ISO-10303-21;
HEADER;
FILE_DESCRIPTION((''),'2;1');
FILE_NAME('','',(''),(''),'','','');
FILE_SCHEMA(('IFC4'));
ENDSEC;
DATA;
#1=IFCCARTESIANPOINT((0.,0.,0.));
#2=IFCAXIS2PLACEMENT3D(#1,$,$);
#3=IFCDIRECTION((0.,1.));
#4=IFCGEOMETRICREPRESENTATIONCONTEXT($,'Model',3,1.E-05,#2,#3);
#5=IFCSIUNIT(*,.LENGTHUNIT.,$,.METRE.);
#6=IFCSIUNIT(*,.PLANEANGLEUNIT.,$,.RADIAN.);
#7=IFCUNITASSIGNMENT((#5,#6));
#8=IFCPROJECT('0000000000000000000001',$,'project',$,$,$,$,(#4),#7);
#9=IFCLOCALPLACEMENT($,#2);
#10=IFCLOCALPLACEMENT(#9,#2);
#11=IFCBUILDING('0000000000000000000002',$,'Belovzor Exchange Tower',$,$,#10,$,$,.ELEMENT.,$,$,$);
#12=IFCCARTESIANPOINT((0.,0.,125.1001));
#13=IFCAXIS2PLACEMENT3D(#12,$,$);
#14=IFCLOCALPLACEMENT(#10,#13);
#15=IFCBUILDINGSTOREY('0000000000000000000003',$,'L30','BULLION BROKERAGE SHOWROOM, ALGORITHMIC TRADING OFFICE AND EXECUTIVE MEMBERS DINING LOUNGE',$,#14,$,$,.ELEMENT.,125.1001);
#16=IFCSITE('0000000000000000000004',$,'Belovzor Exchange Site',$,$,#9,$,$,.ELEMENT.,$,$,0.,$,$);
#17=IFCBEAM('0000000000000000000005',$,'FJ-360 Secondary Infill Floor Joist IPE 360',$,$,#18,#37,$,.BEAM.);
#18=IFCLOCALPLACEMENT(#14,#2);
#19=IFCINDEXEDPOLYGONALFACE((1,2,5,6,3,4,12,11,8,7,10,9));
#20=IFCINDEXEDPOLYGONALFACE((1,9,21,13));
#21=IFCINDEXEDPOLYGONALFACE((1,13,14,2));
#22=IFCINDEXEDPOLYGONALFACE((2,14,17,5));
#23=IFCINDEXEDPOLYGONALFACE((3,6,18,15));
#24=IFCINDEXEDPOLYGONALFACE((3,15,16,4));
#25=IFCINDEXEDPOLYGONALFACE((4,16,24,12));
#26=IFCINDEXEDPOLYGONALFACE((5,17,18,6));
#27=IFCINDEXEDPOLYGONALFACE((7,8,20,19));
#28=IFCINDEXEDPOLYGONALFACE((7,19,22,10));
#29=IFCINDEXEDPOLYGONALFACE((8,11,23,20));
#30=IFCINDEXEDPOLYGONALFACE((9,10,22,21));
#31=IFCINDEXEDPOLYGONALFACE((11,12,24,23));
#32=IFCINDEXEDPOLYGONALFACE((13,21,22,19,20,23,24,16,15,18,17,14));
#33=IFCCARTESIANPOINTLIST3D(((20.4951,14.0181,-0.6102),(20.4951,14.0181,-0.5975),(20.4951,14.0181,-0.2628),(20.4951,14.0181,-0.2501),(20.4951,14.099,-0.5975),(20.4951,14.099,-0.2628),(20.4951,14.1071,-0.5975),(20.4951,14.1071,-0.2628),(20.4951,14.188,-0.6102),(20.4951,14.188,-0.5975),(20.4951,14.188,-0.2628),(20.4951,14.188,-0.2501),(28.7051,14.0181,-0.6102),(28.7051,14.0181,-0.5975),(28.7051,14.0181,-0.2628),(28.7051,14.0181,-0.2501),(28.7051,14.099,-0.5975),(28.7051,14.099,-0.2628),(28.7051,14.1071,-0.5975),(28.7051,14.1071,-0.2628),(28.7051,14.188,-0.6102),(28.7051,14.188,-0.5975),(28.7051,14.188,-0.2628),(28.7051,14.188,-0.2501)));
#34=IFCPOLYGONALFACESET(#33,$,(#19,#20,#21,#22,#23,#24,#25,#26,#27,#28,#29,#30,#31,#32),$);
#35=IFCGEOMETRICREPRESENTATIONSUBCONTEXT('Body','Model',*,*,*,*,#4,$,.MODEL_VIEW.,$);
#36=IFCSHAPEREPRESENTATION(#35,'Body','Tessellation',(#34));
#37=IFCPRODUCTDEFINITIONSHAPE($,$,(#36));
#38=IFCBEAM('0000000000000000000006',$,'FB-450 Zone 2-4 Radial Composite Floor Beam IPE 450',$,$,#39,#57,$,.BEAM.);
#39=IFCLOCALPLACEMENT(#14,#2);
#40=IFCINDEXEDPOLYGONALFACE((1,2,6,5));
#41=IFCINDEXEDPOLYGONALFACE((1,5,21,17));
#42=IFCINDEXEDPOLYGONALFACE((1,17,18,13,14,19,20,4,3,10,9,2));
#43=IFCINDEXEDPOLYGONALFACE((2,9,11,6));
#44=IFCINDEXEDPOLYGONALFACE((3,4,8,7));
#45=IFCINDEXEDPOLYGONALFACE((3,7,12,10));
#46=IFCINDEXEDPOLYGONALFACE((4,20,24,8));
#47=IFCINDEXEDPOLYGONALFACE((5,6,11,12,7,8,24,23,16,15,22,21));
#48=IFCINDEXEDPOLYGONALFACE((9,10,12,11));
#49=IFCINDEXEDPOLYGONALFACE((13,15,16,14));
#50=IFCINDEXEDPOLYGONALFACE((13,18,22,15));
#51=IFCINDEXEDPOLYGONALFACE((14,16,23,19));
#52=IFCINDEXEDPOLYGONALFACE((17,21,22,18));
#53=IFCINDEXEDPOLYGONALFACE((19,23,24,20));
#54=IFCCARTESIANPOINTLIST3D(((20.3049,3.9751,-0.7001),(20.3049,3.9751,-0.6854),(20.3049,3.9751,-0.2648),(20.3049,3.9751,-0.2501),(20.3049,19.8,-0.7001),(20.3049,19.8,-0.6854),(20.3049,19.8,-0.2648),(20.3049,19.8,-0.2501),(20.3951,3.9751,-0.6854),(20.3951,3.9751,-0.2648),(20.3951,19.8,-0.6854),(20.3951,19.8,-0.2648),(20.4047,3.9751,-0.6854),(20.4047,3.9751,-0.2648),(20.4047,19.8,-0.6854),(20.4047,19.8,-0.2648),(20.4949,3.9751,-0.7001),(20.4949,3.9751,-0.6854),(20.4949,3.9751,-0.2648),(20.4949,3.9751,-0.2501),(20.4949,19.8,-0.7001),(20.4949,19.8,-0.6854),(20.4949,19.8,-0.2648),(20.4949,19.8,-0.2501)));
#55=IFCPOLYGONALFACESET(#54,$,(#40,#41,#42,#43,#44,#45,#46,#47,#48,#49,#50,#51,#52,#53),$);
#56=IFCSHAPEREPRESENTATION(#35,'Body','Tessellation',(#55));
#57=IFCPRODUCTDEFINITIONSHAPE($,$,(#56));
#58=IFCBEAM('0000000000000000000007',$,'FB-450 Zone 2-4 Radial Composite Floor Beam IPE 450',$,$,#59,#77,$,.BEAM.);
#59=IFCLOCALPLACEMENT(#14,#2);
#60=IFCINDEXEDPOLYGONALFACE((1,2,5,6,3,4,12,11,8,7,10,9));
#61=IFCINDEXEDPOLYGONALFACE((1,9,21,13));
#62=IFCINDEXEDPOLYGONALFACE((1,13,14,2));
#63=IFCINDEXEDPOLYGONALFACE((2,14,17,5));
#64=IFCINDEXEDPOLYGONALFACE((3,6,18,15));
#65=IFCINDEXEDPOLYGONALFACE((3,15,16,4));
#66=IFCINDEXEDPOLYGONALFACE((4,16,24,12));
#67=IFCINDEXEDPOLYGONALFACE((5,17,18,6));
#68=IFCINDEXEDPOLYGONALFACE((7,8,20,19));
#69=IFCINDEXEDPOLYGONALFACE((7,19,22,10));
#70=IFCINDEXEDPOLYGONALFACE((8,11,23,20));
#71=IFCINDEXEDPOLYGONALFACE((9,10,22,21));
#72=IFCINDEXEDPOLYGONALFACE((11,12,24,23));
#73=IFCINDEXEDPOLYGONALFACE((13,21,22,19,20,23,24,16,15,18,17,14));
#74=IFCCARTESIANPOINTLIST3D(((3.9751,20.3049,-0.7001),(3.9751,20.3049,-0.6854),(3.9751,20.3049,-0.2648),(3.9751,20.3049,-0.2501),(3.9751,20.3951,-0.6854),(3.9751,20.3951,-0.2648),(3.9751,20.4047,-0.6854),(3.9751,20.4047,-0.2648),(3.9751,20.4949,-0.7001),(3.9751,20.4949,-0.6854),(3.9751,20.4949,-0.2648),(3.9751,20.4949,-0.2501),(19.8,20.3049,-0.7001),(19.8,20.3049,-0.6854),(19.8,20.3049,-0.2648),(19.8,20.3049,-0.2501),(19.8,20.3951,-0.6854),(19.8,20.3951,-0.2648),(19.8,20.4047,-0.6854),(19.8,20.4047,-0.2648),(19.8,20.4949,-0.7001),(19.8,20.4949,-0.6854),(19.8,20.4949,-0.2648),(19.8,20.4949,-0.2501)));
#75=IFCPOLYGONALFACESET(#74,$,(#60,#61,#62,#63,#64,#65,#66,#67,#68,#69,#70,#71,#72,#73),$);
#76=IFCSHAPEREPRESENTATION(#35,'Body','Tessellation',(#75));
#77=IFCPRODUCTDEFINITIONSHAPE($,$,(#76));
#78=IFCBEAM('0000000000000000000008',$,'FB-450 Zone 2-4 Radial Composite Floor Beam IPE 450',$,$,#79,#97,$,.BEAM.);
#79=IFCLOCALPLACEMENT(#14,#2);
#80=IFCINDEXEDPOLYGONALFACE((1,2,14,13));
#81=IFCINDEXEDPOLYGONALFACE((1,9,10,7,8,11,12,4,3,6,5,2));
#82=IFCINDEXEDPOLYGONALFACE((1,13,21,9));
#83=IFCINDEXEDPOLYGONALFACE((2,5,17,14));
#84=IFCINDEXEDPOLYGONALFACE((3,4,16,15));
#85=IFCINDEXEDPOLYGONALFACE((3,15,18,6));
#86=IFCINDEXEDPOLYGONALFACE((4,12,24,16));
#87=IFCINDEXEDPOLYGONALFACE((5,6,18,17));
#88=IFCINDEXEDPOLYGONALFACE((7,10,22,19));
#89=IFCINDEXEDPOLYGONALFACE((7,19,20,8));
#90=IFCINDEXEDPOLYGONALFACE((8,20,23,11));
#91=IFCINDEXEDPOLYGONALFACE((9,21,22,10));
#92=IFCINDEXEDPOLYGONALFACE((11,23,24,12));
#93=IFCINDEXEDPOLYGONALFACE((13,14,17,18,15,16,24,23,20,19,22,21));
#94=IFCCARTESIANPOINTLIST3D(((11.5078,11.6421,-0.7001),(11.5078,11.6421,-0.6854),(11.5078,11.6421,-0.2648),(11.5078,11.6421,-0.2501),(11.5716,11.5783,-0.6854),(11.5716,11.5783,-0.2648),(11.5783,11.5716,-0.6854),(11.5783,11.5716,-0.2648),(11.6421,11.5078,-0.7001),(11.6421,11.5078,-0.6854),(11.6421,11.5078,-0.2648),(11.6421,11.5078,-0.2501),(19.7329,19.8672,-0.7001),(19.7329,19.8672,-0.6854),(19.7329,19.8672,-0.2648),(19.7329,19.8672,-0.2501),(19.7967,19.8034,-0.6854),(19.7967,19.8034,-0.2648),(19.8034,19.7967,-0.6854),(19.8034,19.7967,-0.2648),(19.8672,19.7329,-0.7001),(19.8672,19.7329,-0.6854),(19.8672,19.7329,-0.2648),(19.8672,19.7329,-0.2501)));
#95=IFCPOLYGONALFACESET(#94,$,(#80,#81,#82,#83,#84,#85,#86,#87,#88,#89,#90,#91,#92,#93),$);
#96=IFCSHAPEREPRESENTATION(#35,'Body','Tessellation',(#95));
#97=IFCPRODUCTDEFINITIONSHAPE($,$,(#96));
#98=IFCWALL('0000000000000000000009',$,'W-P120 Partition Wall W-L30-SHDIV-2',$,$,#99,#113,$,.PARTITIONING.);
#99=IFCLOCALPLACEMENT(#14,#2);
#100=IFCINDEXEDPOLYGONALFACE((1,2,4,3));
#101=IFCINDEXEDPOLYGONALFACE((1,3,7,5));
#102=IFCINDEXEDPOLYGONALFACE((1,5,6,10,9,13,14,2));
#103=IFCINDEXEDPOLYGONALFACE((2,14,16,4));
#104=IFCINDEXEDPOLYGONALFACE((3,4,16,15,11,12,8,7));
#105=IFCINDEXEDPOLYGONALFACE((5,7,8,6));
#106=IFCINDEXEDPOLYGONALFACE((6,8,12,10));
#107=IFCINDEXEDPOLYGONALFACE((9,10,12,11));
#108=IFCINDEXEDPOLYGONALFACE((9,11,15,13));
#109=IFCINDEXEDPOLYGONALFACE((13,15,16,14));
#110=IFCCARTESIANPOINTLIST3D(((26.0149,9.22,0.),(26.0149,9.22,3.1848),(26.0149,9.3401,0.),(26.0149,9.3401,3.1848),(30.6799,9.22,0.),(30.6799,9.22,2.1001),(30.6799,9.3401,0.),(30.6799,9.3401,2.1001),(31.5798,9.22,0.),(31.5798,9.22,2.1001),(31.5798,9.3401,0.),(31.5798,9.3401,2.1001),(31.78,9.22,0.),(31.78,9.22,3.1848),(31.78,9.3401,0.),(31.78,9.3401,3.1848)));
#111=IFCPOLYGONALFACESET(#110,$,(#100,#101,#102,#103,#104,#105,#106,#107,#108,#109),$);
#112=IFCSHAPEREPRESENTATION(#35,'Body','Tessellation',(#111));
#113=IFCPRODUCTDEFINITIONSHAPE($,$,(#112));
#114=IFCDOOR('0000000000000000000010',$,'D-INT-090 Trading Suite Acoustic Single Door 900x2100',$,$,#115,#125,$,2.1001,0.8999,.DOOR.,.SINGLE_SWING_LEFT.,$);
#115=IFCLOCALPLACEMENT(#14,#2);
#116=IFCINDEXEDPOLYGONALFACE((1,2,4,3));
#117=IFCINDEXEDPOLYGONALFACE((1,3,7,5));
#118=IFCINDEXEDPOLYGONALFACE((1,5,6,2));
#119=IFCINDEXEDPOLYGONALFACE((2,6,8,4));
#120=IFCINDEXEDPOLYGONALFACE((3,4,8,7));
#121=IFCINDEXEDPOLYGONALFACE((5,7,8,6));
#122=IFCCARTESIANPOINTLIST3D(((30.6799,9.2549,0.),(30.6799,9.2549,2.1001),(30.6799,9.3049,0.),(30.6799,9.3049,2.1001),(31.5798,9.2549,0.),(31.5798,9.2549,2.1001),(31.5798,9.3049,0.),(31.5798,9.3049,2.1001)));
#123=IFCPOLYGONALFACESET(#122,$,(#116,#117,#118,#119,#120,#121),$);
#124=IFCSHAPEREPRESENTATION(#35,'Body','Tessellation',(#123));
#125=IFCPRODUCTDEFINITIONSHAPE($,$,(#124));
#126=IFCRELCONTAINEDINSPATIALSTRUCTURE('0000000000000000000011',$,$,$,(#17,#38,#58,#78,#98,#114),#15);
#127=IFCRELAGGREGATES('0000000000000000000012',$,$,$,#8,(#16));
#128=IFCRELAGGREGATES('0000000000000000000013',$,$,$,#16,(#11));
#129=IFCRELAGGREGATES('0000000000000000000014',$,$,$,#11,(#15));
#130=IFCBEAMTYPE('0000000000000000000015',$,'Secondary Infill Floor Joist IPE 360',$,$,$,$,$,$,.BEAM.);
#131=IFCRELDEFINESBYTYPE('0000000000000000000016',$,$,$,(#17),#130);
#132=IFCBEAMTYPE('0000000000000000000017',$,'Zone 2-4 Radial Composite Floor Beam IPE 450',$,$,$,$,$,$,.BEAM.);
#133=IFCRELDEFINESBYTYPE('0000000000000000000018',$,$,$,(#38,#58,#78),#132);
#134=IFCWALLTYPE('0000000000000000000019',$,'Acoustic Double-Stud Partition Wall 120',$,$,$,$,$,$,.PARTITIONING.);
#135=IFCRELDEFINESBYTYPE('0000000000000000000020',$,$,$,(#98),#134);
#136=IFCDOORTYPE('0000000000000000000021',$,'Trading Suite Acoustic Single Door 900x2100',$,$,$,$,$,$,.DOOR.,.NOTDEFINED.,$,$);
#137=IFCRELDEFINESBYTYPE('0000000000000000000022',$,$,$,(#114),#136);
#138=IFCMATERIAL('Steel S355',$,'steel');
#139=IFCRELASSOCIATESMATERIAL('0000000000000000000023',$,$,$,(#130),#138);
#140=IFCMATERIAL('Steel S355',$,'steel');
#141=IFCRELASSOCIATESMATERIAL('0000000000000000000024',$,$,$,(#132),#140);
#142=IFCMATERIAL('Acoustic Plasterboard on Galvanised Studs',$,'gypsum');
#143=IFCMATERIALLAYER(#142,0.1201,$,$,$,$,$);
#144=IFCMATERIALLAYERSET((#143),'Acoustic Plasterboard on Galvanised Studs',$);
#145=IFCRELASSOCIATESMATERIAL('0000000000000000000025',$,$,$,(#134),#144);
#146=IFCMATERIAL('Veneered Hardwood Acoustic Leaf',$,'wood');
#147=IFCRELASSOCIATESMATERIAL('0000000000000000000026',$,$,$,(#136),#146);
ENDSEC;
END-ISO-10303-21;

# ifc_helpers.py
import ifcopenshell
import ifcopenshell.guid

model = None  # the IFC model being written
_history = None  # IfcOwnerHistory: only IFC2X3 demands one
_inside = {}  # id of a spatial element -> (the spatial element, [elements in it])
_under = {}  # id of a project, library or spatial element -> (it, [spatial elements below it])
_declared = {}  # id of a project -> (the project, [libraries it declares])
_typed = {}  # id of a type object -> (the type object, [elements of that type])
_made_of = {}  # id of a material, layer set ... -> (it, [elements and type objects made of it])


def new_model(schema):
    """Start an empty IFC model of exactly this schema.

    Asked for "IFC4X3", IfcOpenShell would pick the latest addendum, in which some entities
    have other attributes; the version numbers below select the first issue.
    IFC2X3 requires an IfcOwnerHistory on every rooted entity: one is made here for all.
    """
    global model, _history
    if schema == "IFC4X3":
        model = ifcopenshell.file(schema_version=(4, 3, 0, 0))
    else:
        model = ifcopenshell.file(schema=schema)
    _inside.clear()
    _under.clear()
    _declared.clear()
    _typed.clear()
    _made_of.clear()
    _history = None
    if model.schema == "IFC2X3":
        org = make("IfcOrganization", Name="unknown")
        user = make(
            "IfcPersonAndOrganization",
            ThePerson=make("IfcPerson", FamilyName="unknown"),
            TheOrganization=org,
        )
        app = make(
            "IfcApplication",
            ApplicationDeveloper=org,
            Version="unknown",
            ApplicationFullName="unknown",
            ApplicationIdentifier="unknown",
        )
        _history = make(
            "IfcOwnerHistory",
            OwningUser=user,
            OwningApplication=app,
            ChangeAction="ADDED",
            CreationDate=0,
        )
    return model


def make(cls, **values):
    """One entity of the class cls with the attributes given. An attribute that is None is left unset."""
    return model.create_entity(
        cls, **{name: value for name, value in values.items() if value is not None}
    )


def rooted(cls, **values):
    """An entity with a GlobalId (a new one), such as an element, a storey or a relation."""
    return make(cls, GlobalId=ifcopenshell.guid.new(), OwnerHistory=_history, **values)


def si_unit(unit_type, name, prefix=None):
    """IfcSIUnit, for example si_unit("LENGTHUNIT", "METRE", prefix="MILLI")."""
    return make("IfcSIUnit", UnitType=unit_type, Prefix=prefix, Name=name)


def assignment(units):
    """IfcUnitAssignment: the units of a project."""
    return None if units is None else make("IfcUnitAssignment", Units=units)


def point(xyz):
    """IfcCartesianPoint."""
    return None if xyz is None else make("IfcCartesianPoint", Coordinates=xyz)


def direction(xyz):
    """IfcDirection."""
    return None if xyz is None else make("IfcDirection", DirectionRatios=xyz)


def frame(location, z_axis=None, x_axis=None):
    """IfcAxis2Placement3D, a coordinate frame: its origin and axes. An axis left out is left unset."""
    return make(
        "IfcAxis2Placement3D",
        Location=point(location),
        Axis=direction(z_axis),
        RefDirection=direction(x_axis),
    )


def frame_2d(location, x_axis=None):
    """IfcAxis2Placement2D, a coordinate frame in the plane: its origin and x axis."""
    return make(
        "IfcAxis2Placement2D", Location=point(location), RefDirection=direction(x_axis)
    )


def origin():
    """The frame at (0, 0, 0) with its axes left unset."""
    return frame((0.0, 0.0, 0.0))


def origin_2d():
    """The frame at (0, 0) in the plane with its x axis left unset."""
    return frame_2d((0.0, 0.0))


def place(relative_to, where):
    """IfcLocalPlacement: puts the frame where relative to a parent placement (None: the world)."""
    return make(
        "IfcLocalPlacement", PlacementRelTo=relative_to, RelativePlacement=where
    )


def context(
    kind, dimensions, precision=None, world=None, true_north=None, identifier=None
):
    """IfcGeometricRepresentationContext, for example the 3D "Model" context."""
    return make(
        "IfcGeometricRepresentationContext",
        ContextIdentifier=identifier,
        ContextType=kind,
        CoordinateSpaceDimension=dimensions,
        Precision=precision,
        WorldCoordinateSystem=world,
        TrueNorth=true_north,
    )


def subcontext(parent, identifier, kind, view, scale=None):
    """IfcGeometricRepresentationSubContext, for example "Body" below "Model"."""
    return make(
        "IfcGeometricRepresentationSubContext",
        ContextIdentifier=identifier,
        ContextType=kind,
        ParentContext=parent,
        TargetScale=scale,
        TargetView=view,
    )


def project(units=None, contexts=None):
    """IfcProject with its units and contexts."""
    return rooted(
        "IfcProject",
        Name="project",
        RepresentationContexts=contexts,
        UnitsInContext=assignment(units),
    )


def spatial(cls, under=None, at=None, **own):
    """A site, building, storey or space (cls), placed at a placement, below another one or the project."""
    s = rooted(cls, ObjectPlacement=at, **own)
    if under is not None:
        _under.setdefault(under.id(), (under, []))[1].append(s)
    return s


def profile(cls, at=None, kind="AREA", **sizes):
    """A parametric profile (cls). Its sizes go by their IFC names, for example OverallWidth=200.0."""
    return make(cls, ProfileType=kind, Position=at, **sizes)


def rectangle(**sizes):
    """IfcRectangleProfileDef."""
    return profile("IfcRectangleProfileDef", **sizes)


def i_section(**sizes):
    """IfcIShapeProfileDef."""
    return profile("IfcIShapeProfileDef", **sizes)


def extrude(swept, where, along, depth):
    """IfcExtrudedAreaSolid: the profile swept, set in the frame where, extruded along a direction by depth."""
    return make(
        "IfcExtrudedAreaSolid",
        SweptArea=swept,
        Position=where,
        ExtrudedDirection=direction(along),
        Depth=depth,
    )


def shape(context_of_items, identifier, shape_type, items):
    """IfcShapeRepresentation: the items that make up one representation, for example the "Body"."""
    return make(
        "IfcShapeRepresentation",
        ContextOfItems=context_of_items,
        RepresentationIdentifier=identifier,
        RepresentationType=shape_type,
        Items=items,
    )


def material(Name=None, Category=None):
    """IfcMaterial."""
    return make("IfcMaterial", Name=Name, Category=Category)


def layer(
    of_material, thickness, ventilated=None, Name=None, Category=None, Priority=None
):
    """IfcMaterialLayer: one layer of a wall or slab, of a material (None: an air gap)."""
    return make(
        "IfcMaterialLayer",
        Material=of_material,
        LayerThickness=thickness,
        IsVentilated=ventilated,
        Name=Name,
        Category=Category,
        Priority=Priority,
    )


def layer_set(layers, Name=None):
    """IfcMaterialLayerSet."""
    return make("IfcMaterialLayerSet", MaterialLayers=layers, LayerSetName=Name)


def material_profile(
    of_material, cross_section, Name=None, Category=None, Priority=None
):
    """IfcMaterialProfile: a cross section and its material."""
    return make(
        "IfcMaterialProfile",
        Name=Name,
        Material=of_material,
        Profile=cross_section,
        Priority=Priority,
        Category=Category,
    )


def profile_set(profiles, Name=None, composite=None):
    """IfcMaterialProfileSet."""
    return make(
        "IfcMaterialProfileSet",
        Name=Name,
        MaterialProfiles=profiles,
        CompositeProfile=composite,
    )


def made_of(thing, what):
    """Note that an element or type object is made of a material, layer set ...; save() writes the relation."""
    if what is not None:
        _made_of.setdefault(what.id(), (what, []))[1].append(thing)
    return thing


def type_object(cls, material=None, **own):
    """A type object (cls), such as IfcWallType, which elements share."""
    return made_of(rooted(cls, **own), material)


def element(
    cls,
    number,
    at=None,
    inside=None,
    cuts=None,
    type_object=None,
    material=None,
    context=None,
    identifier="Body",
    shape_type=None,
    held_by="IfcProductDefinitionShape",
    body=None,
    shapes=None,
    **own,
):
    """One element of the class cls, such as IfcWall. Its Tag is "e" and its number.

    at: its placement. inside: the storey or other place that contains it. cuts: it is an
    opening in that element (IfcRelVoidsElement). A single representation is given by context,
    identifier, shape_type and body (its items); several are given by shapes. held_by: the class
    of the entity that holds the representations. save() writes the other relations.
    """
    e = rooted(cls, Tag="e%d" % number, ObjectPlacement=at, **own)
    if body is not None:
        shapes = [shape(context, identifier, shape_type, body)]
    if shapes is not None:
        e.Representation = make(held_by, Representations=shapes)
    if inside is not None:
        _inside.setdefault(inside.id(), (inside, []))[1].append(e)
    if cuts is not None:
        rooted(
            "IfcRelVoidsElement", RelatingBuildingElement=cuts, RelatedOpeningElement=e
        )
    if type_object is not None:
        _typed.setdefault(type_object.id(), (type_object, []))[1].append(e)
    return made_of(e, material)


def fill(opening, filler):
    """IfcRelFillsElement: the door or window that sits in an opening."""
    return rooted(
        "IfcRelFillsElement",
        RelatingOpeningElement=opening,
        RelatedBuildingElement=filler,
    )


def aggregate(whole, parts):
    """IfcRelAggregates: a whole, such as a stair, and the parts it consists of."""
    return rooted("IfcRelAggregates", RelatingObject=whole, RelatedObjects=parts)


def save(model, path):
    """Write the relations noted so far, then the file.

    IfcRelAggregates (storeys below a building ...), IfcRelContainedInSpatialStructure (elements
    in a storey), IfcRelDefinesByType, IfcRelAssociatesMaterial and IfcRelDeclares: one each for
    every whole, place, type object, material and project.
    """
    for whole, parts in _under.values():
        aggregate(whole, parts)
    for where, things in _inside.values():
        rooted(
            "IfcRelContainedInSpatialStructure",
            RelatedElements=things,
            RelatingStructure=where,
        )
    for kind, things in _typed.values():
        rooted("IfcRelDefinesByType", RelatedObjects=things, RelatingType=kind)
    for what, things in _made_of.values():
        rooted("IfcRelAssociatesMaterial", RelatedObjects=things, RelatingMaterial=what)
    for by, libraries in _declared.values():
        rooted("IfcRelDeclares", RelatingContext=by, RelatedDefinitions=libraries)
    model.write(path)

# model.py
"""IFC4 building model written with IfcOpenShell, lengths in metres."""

from ifc_helpers import new_model, si_unit, direction, frame, frame_2d, origin, origin_2d, place, context, subcontext, project, spatial, rectangle, i_section, extrude, material, layer, layer_set, material_profile, profile_set, type_object, element, fill, save


model = new_model("IFC4")

# Units and contexts
model_context = context("Model", 3, precision=1e-05, world=origin(), true_north=direction((0.0, 1.0)))
body_context = subcontext(model_context, "Body", "Model", "MODEL_VIEW")
ifc_project = project(units=[si_unit("LENGTHUNIT", "METRE"), si_unit("PLANEANGLEUNIT", "RADIAN")], contexts=[model_context])

# Site, building, storey
site_placement = place(None, origin())
site = spatial("IfcSite", under=ifc_project, at=site_placement, Name="Belovzor Exchange Site", CompositionType="ELEMENT", RefElevation=0.0)
building_placement = place(site_placement, origin())
building = spatial("IfcBuilding", under=site, at=building_placement, Name="Belovzor Exchange Tower", CompositionType="ELEMENT")
storey_placement = place(building_placement, frame((0.0, 0.0, 125.1001)))
storey = spatial("IfcBuildingStorey", under=building, at=storey_placement, Name="L30", Description="BULLION BROKERAGE SHOWROOM, ALGORITHMIC TRADING OFFICE AND EXECUTIVE MEMBERS DINING LOUNGE", CompositionType="ELEMENT", Elevation=125.1001)

# Beams
ifc_material_1 = material(Name="Steel S355", Category="steel")
ifc_material_profile_1 = material_profile(ifc_material_1, i_section(OverallWidth=0.1699, OverallDepth=0.3601, WebThickness=0.0081, FlangeThickness=0.0127, at=origin_2d()))
ifc_profile_set_1 = profile_set([ifc_material_profile_1], Name="Steel S355")
beam_type_1 = type_object("IfcBeamType", Name="Secondary Infill Floor Joist IPE 360", PredefinedType="BEAM", material=ifc_profile_set_1)
beam_1_placement = place(storey_placement, frame((20.4951, 14.103, -0.4302), z_axis=(1.0, 0.0, 0.0), x_axis=(0.0, 1.0, 0.0)))
element("IfcBeam", 1, at=beam_1_placement, inside=storey, type_object=beam_type_1, Name="FJ-360 Secondary Infill Floor Joist IPE 360", PredefinedType="BEAM", context=body_context, shape_type="SweptSolid", body=[
    extrude(i_section(OverallWidth=0.1699, OverallDepth=0.3601, WebThickness=0.0081, FlangeThickness=0.0127, at=origin_2d()), origin(), (0.0, 0.0, 1.0), 8.21),
])
ifc_material_2 = material(Name="Steel S355", Category="steel")
ifc_material_profile_2 = material_profile(ifc_material_2, i_section(OverallWidth=0.1899, OverallDepth=0.45, WebThickness=0.0095, FlangeThickness=0.0146, at=origin_2d()))
ifc_profile_set_2 = profile_set([ifc_material_profile_2], Name="Steel S355")
beam_type_2 = type_object("IfcBeamType", Name="Zone 2-4 Radial Composite Floor Beam IPE 450", PredefinedType="BEAM", material=ifc_profile_set_2)
for number, where, z_axis, x_axis, name in (
    (2, (20.3999, 19.8, -0.4751), (0.0, -1.0, 0.0), (1.0, 0.0, 0.0), "FB-450 Zone 2-4 Radial Composite Floor Beam IPE 450"),
    (3, (19.8, 20.3999, -0.4751), (-1.0, 0.0, 0.0), (0.0, -1.0, 0.0), "FB-450 Zone 2-4 Radial Composite Floor Beam IPE 450"),
):
    element("IfcBeam", number, at=place(storey_placement, frame(where, z_axis=z_axis, x_axis=x_axis)), inside=storey, type_object=beam_type_2, Name=name, PredefinedType="BEAM", context=body_context, shape_type="SweptSolid", body=[
        extrude(i_section(OverallWidth=0.1899, OverallDepth=0.45, WebThickness=0.0095, FlangeThickness=0.0146, at=origin_2d()), origin(), (0.0, 0.0, 1.0), 15.825),
    ])
beam_2_placement = place(storey_placement, frame((19.8, 19.8, -0.4751), z_axis=(-0.707107, -0.707107, 0.0), x_axis=(0.707107, -0.707107, 0.0)))
element("IfcBeam", 4, at=beam_2_placement, inside=storey, type_object=beam_type_2, Name="FB-450 Zone 2-4 Radial Composite Floor Beam IPE 450", PredefinedType="BEAM", context=body_context, shape_type="SweptSolid", body=[
    extrude(i_section(OverallWidth=0.1899, OverallDepth=0.45, WebThickness=0.0095, FlangeThickness=0.0146, at=origin_2d()), origin(), (0.0, 0.0, 1.0), 11.6321),
])

# Wall, opening, door
ifc_material_3 = material(Name="Acoustic Plasterboard on Galvanised Studs", Category="gypsum")
ifc_layer_1 = layer(ifc_material_3, 0.1201)
ifc_layer_set_1 = layer_set([ifc_layer_1], Name="Acoustic Plasterboard on Galvanised Studs")
wall_type_1 = type_object("IfcWallType", Name="Acoustic Double-Stud Partition Wall 120", PredefinedType="PARTITIONING", material=ifc_layer_set_1)
wall_1_placement = place(storey_placement, frame((26.0149, 9.28, 0.0), z_axis=(0.0, 0.0, 1.0), x_axis=(1.0, 0.0, 0.0)))
wall_1 = element("IfcWall", 5, at=wall_1_placement, inside=storey, type_object=wall_type_1, Name="W-P120 Partition Wall W-L30-SHDIV-2", PredefinedType="PARTITIONING", context=body_context, shape_type="SweptSolid", body=[
    extrude(rectangle(XDim=5.7651, YDim=0.1201, at=frame_2d((2.8826, 0.0))), origin(), (0.0, 0.0, 1.0), 3.1848),
])
opening_1_placement = place(wall_1_placement, frame((4.665, 0.0, 0.0)))
opening_1 = element("IfcOpeningElement", 6, at=opening_1_placement, cuts=wall_1, PredefinedType="OPENING", context=body_context, shape_type="SweptSolid", body=[
    extrude(rectangle(XDim=0.8999, YDim=2.1001, at=frame_2d((0.45, 1.05))), frame((0.0, 0.0701, 0.0), z_axis=(0.0, -1.0, 0.0), x_axis=(1.0, 0.0, 0.0)), (0.0, 0.0, 1.0), 0.1401),
])
ifc_material_4 = material(Name="Veneered Hardwood Acoustic Leaf", Category="wood")
door_type_1 = type_object("IfcDoorType", Name="Trading Suite Acoustic Single Door 900x2100", OperationType="NOTDEFINED", PredefinedType="DOOR", material=ifc_material_4)
door_1_placement = place(opening_1_placement, origin())
door_1 = element("IfcDoor", 7, at=door_1_placement, inside=storey, type_object=door_type_1, Name="D-INT-090 Trading Suite Acoustic Single Door 900x2100", OperationType="SINGLE_SWING_LEFT", OverallHeight=2.1001, OverallWidth=0.8999, PredefinedType="DOOR", context=body_context, shape_type="SweptSolid", body=[
    extrude(rectangle(XDim=0.8999, YDim=2.1001, at=frame_2d((0.45, 1.05))), frame((0.0, 0.0249, 0.0), z_axis=(0.0, -1.0, 0.0), x_axis=(1.0, 0.0, 0.0)), (0.0, 0.0, 1.0), 0.05),
])
fill(opening_1, door_1)

save(model, "model.ifc")
